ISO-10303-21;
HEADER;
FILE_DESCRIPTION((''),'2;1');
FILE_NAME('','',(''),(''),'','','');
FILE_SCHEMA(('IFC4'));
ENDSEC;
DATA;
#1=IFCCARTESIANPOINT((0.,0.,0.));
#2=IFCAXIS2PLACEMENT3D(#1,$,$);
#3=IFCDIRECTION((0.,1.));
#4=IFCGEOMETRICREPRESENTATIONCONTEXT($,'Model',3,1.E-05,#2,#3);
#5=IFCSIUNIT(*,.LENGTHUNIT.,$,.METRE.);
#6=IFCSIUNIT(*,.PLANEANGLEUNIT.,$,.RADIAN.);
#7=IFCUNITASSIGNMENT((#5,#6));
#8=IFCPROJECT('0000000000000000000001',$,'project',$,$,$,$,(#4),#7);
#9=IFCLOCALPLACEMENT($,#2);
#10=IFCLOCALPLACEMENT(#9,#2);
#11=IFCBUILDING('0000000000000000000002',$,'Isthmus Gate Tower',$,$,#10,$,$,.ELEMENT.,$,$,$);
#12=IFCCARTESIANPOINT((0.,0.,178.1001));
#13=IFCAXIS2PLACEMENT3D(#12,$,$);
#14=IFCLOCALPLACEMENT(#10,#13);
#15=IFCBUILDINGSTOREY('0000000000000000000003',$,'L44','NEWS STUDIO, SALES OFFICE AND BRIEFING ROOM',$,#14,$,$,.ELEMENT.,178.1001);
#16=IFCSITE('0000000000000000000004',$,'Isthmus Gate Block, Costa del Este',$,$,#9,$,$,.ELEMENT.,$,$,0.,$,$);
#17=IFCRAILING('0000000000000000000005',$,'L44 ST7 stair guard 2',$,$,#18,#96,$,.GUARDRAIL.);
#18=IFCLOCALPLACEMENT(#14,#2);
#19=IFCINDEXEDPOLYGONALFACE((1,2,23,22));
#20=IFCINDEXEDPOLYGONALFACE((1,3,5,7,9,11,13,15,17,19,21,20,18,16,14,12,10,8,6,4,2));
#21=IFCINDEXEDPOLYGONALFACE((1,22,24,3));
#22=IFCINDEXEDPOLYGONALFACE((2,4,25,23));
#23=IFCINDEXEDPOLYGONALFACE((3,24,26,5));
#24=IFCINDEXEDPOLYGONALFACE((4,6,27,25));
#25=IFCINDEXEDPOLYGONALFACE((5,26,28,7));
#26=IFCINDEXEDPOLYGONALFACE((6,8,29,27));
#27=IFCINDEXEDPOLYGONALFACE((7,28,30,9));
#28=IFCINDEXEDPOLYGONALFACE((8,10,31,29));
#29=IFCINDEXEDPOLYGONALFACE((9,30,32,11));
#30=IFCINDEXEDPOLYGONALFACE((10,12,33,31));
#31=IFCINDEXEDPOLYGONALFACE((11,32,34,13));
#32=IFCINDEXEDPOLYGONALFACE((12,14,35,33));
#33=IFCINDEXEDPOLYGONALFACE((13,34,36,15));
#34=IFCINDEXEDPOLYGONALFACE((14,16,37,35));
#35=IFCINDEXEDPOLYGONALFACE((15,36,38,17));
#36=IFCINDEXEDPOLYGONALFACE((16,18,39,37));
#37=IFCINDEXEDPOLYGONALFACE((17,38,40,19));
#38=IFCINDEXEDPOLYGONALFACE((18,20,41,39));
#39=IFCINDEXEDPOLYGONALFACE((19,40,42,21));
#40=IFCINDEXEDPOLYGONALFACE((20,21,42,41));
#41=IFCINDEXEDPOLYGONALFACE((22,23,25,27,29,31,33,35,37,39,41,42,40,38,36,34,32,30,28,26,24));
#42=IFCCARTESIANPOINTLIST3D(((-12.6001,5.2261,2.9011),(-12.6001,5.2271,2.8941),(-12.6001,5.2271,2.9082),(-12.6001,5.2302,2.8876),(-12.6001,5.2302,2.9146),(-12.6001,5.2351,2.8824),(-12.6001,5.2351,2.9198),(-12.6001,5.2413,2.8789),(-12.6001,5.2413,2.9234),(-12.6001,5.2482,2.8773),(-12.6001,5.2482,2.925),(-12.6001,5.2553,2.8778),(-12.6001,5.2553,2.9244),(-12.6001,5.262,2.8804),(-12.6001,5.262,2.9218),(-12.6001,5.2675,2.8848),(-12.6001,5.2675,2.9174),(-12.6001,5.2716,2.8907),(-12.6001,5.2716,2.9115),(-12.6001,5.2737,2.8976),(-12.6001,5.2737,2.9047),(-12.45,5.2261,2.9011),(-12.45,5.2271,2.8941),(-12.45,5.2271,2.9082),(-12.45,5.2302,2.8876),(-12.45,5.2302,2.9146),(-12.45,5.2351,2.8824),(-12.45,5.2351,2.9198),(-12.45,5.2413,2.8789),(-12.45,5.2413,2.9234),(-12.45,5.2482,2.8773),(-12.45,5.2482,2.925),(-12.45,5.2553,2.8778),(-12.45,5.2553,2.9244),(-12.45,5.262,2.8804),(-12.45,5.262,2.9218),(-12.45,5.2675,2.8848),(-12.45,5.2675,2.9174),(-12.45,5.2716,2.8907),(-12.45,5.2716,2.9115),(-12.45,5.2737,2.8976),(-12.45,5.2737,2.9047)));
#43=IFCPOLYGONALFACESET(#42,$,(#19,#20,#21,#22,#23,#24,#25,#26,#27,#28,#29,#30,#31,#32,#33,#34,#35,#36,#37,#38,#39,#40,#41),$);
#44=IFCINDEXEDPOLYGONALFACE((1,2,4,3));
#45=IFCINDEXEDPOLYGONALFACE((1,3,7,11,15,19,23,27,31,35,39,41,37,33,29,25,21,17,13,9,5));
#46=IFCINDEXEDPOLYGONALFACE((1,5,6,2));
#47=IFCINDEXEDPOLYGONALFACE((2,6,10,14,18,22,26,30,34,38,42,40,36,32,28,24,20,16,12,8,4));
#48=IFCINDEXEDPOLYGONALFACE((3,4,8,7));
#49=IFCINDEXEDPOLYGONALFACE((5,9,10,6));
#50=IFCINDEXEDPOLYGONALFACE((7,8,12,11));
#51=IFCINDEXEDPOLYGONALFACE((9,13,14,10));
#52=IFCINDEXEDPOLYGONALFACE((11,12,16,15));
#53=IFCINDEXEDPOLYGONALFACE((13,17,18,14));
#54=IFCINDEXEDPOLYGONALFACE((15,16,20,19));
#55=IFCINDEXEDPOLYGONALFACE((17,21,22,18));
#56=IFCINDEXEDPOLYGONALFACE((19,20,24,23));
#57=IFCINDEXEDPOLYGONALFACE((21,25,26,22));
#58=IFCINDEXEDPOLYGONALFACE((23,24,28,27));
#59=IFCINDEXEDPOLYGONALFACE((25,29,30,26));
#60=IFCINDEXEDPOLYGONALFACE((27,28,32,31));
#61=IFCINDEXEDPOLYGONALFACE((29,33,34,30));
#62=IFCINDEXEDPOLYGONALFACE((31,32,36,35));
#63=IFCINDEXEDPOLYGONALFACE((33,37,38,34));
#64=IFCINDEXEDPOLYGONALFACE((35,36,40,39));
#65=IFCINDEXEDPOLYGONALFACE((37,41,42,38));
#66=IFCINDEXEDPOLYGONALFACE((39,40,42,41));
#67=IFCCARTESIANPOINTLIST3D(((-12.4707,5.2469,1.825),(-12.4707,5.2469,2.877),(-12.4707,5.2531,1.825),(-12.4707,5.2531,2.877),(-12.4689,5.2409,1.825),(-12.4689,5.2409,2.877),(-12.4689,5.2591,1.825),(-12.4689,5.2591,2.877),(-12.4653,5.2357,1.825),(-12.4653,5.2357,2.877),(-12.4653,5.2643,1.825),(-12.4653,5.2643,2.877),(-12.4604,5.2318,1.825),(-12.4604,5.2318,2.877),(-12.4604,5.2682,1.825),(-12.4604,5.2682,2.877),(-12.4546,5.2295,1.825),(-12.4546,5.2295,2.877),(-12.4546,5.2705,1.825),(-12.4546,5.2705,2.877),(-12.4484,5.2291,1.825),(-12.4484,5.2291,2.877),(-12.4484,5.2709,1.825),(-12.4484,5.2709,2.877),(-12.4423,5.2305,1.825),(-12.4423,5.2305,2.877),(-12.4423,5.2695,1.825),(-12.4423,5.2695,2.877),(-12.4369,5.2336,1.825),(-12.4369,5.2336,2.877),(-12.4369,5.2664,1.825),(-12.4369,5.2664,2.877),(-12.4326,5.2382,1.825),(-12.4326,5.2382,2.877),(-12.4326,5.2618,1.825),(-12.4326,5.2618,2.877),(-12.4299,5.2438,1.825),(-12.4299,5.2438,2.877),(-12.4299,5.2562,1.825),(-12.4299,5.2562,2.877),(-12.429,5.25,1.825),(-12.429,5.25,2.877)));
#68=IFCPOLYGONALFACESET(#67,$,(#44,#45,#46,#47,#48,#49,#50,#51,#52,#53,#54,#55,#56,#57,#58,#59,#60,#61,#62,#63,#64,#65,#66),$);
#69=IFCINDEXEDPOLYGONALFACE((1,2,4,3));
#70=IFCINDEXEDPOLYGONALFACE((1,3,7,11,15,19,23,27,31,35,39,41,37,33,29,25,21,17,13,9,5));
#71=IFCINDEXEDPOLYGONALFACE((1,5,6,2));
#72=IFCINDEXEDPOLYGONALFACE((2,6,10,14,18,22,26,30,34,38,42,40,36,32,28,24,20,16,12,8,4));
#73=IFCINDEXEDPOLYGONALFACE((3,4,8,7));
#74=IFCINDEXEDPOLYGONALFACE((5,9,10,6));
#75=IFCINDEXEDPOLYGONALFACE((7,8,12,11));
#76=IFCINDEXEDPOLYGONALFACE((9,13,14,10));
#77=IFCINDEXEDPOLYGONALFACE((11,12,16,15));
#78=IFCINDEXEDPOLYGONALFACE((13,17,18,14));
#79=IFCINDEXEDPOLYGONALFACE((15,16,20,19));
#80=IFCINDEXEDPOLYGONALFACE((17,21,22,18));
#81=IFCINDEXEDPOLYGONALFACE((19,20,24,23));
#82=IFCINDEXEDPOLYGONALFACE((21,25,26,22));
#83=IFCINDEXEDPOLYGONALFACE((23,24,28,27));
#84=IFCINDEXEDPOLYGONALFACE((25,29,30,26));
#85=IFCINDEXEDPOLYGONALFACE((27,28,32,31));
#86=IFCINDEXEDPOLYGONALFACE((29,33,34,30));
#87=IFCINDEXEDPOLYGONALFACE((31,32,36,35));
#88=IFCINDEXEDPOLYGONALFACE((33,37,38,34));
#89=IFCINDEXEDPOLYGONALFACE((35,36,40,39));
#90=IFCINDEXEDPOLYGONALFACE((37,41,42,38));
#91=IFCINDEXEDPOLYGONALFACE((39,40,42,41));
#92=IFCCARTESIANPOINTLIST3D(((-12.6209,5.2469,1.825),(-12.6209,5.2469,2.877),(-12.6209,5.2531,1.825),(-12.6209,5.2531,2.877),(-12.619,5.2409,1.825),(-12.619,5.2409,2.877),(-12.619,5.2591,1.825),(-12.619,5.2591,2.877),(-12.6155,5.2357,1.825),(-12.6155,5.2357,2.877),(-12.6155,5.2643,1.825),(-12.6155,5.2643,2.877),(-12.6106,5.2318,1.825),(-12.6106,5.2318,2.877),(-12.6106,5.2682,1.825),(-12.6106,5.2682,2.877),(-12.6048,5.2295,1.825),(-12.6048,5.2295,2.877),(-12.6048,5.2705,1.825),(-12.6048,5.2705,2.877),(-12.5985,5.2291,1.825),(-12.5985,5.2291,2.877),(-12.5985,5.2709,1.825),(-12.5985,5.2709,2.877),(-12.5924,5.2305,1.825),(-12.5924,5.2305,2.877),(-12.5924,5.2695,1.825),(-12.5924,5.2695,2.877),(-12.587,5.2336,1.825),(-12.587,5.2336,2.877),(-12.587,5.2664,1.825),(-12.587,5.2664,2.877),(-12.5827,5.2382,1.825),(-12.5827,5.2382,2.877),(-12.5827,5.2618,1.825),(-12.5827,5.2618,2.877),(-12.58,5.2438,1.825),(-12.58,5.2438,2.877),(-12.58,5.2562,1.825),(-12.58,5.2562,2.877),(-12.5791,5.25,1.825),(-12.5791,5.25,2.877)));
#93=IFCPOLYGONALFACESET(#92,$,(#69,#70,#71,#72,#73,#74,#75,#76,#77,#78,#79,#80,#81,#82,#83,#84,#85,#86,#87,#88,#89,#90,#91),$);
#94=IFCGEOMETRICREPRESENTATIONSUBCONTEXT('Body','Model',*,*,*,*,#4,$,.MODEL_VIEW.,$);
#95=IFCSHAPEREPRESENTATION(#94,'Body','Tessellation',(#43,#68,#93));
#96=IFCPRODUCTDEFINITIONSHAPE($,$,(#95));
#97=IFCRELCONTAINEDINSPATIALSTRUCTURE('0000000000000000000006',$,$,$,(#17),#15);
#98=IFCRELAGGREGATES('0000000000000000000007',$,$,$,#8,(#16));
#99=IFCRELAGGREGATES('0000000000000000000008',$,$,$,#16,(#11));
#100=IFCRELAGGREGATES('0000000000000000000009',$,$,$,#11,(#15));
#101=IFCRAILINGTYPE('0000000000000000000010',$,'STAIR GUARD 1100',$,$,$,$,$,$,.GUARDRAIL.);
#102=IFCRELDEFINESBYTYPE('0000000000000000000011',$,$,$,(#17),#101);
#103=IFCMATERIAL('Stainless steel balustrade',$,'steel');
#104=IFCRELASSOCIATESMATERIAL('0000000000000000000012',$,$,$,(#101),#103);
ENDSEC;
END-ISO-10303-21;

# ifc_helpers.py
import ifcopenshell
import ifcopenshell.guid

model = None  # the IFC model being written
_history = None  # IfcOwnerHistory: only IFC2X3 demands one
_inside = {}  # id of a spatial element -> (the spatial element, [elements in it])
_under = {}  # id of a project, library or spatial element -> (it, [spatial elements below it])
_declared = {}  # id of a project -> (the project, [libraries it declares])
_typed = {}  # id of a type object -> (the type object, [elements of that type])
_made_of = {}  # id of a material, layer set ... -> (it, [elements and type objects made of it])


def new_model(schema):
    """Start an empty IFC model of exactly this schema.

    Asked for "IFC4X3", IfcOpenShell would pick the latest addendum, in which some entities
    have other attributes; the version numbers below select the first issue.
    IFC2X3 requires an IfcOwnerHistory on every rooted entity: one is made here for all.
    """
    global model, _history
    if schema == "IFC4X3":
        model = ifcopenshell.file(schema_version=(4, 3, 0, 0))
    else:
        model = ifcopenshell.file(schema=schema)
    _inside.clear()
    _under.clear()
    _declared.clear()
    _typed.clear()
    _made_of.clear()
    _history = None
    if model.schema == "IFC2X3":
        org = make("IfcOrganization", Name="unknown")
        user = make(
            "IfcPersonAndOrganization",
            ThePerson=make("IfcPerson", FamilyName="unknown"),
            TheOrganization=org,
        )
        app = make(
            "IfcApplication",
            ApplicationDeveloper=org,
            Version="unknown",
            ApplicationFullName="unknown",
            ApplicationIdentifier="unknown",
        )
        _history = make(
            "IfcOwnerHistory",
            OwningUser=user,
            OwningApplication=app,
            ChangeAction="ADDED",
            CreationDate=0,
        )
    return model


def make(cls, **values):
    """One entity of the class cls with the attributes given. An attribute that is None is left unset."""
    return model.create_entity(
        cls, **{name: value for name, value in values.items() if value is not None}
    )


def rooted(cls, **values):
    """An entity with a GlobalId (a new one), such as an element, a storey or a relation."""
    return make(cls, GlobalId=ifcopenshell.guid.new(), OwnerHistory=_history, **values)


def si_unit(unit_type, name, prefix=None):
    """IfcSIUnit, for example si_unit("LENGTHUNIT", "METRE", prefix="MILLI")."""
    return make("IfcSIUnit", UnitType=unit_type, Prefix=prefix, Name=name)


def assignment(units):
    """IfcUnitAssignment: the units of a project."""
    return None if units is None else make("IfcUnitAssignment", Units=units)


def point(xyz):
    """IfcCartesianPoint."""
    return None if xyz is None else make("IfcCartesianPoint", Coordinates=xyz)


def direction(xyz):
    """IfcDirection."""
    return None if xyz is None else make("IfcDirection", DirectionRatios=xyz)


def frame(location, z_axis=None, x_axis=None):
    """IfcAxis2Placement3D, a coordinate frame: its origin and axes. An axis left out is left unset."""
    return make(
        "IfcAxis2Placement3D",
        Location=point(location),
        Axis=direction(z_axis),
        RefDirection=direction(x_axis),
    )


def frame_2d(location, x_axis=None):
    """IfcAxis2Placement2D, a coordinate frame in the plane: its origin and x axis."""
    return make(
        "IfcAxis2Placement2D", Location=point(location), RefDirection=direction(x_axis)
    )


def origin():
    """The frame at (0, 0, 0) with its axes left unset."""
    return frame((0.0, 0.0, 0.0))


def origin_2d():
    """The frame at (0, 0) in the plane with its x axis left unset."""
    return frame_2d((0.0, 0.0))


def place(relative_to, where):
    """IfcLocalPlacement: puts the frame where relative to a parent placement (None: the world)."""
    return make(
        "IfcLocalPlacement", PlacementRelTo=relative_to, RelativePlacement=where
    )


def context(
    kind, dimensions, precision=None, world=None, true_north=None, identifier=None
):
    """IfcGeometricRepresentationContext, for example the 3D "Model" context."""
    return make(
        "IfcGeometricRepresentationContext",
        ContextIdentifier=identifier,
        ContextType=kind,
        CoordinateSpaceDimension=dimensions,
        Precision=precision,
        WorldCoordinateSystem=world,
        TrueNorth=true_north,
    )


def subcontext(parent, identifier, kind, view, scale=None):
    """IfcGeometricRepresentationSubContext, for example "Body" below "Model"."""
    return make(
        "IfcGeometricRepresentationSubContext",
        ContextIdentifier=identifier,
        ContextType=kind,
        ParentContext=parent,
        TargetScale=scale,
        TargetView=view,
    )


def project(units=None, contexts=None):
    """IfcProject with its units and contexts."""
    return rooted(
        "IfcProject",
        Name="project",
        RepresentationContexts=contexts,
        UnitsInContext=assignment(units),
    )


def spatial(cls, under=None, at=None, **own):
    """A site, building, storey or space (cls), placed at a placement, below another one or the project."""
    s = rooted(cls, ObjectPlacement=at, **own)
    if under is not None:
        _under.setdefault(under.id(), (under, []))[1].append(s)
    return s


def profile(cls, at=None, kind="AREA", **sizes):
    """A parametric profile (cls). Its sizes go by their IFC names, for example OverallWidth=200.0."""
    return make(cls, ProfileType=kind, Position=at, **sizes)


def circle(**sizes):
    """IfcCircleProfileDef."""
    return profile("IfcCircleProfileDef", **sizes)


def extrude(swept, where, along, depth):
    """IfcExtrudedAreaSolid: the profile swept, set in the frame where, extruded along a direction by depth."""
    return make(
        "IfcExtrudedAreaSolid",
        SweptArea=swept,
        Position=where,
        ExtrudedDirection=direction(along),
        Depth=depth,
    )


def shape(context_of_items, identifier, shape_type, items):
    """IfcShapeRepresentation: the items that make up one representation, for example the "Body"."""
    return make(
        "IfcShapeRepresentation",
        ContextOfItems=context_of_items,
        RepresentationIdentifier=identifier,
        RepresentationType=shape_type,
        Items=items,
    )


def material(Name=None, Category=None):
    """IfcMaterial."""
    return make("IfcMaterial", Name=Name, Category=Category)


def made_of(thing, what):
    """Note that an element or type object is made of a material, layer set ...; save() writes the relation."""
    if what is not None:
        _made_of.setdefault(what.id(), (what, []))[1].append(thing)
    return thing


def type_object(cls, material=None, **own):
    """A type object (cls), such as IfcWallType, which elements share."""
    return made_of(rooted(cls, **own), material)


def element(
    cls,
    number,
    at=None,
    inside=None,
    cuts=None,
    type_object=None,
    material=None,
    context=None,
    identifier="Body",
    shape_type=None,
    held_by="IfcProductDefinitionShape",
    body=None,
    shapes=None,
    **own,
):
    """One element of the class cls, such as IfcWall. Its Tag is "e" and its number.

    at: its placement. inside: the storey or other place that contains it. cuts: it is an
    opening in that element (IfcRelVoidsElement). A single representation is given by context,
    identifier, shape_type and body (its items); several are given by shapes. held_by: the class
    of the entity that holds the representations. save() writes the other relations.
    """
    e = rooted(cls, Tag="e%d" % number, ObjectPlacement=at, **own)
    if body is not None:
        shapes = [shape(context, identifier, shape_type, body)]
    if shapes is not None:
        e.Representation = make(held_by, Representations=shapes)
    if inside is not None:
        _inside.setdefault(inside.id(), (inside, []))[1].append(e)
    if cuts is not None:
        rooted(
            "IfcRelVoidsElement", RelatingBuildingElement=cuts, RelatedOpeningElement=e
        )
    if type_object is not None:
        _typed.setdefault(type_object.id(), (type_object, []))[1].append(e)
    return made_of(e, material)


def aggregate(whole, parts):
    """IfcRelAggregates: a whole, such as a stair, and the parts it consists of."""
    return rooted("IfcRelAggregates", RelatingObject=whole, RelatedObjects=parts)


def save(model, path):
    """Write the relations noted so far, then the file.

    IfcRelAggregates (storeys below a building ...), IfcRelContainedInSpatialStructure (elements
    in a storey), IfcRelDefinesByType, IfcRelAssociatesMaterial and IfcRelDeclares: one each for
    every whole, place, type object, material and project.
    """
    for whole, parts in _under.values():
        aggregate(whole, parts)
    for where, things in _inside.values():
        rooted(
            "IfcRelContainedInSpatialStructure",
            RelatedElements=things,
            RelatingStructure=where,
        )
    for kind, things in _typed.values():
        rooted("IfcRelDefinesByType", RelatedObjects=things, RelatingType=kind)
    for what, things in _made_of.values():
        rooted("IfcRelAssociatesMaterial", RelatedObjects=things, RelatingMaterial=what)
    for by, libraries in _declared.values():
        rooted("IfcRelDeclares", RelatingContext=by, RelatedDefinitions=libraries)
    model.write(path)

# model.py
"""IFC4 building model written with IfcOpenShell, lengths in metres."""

from ifc_helpers import new_model, si_unit, direction, frame, origin, origin_2d, place, context, subcontext, project, spatial, circle, extrude, material, type_object, element, save


model = new_model("IFC4")

# Units and contexts
model_context = context("Model", 3, precision=1e-05, world=origin(), true_north=direction((0.0, 1.0)))
body_context = subcontext(model_context, "Body", "Model", "MODEL_VIEW")
ifc_project = project(units=[si_unit("LENGTHUNIT", "METRE"), si_unit("PLANEANGLEUNIT", "RADIAN")], contexts=[model_context])

# Site, building, storey
site_placement = place(None, origin())
site = spatial("IfcSite", under=ifc_project, at=site_placement, Name="Isthmus Gate Block, Costa del Este", CompositionType="ELEMENT", RefElevation=0.0)
building_placement = place(site_placement, origin())
building = spatial("IfcBuilding", under=site, at=building_placement, Name="Isthmus Gate Tower", CompositionType="ELEMENT")
storey_placement = place(building_placement, frame((0.0, 0.0, 178.1001)))
storey = spatial("IfcBuildingStorey", under=building, at=storey_placement, Name="L44", Description="NEWS STUDIO, SALES OFFICE AND BRIEFING ROOM", CompositionType="ELEMENT", Elevation=178.1001)

# Railing
ifc_material_1 = material(Name="Stainless steel balustrade", Category="steel")
railing_type_1 = type_object("IfcRailingType", Name="STAIR GUARD 1100", PredefinedType="GUARDRAIL", material=ifc_material_1)
railing_1_placement = place(storey_placement, frame((-12.45, 5.25, 1.825)))
element("IfcRailing", 1, at=railing_1_placement, inside=storey, type_object=railing_type_1, Name="L44 ST7 stair guard 2", PredefinedType="GUARDRAIL", context=body_context, shape_type="SweptSolid", body=[
    extrude(circle(Radius=0.0239, at=origin_2d()), frame((0.0, 0.0, 1.0762), z_axis=(-1.0, 0.0, 0.0), x_axis=(0.0, -1.0, 0.0)), (0.0, 0.0, 1.0), 0.1501),
    extrude(circle(Radius=0.021, at=origin_2d()), origin(), (0.0, 0.0, 1.0), 1.052),
    extrude(circle(Radius=0.021, at=origin_2d()), frame((-0.1501, 0.0, 0.0)), (0.0, 0.0, 1.0), 1.052),
])

save(model, "model.ifc")
